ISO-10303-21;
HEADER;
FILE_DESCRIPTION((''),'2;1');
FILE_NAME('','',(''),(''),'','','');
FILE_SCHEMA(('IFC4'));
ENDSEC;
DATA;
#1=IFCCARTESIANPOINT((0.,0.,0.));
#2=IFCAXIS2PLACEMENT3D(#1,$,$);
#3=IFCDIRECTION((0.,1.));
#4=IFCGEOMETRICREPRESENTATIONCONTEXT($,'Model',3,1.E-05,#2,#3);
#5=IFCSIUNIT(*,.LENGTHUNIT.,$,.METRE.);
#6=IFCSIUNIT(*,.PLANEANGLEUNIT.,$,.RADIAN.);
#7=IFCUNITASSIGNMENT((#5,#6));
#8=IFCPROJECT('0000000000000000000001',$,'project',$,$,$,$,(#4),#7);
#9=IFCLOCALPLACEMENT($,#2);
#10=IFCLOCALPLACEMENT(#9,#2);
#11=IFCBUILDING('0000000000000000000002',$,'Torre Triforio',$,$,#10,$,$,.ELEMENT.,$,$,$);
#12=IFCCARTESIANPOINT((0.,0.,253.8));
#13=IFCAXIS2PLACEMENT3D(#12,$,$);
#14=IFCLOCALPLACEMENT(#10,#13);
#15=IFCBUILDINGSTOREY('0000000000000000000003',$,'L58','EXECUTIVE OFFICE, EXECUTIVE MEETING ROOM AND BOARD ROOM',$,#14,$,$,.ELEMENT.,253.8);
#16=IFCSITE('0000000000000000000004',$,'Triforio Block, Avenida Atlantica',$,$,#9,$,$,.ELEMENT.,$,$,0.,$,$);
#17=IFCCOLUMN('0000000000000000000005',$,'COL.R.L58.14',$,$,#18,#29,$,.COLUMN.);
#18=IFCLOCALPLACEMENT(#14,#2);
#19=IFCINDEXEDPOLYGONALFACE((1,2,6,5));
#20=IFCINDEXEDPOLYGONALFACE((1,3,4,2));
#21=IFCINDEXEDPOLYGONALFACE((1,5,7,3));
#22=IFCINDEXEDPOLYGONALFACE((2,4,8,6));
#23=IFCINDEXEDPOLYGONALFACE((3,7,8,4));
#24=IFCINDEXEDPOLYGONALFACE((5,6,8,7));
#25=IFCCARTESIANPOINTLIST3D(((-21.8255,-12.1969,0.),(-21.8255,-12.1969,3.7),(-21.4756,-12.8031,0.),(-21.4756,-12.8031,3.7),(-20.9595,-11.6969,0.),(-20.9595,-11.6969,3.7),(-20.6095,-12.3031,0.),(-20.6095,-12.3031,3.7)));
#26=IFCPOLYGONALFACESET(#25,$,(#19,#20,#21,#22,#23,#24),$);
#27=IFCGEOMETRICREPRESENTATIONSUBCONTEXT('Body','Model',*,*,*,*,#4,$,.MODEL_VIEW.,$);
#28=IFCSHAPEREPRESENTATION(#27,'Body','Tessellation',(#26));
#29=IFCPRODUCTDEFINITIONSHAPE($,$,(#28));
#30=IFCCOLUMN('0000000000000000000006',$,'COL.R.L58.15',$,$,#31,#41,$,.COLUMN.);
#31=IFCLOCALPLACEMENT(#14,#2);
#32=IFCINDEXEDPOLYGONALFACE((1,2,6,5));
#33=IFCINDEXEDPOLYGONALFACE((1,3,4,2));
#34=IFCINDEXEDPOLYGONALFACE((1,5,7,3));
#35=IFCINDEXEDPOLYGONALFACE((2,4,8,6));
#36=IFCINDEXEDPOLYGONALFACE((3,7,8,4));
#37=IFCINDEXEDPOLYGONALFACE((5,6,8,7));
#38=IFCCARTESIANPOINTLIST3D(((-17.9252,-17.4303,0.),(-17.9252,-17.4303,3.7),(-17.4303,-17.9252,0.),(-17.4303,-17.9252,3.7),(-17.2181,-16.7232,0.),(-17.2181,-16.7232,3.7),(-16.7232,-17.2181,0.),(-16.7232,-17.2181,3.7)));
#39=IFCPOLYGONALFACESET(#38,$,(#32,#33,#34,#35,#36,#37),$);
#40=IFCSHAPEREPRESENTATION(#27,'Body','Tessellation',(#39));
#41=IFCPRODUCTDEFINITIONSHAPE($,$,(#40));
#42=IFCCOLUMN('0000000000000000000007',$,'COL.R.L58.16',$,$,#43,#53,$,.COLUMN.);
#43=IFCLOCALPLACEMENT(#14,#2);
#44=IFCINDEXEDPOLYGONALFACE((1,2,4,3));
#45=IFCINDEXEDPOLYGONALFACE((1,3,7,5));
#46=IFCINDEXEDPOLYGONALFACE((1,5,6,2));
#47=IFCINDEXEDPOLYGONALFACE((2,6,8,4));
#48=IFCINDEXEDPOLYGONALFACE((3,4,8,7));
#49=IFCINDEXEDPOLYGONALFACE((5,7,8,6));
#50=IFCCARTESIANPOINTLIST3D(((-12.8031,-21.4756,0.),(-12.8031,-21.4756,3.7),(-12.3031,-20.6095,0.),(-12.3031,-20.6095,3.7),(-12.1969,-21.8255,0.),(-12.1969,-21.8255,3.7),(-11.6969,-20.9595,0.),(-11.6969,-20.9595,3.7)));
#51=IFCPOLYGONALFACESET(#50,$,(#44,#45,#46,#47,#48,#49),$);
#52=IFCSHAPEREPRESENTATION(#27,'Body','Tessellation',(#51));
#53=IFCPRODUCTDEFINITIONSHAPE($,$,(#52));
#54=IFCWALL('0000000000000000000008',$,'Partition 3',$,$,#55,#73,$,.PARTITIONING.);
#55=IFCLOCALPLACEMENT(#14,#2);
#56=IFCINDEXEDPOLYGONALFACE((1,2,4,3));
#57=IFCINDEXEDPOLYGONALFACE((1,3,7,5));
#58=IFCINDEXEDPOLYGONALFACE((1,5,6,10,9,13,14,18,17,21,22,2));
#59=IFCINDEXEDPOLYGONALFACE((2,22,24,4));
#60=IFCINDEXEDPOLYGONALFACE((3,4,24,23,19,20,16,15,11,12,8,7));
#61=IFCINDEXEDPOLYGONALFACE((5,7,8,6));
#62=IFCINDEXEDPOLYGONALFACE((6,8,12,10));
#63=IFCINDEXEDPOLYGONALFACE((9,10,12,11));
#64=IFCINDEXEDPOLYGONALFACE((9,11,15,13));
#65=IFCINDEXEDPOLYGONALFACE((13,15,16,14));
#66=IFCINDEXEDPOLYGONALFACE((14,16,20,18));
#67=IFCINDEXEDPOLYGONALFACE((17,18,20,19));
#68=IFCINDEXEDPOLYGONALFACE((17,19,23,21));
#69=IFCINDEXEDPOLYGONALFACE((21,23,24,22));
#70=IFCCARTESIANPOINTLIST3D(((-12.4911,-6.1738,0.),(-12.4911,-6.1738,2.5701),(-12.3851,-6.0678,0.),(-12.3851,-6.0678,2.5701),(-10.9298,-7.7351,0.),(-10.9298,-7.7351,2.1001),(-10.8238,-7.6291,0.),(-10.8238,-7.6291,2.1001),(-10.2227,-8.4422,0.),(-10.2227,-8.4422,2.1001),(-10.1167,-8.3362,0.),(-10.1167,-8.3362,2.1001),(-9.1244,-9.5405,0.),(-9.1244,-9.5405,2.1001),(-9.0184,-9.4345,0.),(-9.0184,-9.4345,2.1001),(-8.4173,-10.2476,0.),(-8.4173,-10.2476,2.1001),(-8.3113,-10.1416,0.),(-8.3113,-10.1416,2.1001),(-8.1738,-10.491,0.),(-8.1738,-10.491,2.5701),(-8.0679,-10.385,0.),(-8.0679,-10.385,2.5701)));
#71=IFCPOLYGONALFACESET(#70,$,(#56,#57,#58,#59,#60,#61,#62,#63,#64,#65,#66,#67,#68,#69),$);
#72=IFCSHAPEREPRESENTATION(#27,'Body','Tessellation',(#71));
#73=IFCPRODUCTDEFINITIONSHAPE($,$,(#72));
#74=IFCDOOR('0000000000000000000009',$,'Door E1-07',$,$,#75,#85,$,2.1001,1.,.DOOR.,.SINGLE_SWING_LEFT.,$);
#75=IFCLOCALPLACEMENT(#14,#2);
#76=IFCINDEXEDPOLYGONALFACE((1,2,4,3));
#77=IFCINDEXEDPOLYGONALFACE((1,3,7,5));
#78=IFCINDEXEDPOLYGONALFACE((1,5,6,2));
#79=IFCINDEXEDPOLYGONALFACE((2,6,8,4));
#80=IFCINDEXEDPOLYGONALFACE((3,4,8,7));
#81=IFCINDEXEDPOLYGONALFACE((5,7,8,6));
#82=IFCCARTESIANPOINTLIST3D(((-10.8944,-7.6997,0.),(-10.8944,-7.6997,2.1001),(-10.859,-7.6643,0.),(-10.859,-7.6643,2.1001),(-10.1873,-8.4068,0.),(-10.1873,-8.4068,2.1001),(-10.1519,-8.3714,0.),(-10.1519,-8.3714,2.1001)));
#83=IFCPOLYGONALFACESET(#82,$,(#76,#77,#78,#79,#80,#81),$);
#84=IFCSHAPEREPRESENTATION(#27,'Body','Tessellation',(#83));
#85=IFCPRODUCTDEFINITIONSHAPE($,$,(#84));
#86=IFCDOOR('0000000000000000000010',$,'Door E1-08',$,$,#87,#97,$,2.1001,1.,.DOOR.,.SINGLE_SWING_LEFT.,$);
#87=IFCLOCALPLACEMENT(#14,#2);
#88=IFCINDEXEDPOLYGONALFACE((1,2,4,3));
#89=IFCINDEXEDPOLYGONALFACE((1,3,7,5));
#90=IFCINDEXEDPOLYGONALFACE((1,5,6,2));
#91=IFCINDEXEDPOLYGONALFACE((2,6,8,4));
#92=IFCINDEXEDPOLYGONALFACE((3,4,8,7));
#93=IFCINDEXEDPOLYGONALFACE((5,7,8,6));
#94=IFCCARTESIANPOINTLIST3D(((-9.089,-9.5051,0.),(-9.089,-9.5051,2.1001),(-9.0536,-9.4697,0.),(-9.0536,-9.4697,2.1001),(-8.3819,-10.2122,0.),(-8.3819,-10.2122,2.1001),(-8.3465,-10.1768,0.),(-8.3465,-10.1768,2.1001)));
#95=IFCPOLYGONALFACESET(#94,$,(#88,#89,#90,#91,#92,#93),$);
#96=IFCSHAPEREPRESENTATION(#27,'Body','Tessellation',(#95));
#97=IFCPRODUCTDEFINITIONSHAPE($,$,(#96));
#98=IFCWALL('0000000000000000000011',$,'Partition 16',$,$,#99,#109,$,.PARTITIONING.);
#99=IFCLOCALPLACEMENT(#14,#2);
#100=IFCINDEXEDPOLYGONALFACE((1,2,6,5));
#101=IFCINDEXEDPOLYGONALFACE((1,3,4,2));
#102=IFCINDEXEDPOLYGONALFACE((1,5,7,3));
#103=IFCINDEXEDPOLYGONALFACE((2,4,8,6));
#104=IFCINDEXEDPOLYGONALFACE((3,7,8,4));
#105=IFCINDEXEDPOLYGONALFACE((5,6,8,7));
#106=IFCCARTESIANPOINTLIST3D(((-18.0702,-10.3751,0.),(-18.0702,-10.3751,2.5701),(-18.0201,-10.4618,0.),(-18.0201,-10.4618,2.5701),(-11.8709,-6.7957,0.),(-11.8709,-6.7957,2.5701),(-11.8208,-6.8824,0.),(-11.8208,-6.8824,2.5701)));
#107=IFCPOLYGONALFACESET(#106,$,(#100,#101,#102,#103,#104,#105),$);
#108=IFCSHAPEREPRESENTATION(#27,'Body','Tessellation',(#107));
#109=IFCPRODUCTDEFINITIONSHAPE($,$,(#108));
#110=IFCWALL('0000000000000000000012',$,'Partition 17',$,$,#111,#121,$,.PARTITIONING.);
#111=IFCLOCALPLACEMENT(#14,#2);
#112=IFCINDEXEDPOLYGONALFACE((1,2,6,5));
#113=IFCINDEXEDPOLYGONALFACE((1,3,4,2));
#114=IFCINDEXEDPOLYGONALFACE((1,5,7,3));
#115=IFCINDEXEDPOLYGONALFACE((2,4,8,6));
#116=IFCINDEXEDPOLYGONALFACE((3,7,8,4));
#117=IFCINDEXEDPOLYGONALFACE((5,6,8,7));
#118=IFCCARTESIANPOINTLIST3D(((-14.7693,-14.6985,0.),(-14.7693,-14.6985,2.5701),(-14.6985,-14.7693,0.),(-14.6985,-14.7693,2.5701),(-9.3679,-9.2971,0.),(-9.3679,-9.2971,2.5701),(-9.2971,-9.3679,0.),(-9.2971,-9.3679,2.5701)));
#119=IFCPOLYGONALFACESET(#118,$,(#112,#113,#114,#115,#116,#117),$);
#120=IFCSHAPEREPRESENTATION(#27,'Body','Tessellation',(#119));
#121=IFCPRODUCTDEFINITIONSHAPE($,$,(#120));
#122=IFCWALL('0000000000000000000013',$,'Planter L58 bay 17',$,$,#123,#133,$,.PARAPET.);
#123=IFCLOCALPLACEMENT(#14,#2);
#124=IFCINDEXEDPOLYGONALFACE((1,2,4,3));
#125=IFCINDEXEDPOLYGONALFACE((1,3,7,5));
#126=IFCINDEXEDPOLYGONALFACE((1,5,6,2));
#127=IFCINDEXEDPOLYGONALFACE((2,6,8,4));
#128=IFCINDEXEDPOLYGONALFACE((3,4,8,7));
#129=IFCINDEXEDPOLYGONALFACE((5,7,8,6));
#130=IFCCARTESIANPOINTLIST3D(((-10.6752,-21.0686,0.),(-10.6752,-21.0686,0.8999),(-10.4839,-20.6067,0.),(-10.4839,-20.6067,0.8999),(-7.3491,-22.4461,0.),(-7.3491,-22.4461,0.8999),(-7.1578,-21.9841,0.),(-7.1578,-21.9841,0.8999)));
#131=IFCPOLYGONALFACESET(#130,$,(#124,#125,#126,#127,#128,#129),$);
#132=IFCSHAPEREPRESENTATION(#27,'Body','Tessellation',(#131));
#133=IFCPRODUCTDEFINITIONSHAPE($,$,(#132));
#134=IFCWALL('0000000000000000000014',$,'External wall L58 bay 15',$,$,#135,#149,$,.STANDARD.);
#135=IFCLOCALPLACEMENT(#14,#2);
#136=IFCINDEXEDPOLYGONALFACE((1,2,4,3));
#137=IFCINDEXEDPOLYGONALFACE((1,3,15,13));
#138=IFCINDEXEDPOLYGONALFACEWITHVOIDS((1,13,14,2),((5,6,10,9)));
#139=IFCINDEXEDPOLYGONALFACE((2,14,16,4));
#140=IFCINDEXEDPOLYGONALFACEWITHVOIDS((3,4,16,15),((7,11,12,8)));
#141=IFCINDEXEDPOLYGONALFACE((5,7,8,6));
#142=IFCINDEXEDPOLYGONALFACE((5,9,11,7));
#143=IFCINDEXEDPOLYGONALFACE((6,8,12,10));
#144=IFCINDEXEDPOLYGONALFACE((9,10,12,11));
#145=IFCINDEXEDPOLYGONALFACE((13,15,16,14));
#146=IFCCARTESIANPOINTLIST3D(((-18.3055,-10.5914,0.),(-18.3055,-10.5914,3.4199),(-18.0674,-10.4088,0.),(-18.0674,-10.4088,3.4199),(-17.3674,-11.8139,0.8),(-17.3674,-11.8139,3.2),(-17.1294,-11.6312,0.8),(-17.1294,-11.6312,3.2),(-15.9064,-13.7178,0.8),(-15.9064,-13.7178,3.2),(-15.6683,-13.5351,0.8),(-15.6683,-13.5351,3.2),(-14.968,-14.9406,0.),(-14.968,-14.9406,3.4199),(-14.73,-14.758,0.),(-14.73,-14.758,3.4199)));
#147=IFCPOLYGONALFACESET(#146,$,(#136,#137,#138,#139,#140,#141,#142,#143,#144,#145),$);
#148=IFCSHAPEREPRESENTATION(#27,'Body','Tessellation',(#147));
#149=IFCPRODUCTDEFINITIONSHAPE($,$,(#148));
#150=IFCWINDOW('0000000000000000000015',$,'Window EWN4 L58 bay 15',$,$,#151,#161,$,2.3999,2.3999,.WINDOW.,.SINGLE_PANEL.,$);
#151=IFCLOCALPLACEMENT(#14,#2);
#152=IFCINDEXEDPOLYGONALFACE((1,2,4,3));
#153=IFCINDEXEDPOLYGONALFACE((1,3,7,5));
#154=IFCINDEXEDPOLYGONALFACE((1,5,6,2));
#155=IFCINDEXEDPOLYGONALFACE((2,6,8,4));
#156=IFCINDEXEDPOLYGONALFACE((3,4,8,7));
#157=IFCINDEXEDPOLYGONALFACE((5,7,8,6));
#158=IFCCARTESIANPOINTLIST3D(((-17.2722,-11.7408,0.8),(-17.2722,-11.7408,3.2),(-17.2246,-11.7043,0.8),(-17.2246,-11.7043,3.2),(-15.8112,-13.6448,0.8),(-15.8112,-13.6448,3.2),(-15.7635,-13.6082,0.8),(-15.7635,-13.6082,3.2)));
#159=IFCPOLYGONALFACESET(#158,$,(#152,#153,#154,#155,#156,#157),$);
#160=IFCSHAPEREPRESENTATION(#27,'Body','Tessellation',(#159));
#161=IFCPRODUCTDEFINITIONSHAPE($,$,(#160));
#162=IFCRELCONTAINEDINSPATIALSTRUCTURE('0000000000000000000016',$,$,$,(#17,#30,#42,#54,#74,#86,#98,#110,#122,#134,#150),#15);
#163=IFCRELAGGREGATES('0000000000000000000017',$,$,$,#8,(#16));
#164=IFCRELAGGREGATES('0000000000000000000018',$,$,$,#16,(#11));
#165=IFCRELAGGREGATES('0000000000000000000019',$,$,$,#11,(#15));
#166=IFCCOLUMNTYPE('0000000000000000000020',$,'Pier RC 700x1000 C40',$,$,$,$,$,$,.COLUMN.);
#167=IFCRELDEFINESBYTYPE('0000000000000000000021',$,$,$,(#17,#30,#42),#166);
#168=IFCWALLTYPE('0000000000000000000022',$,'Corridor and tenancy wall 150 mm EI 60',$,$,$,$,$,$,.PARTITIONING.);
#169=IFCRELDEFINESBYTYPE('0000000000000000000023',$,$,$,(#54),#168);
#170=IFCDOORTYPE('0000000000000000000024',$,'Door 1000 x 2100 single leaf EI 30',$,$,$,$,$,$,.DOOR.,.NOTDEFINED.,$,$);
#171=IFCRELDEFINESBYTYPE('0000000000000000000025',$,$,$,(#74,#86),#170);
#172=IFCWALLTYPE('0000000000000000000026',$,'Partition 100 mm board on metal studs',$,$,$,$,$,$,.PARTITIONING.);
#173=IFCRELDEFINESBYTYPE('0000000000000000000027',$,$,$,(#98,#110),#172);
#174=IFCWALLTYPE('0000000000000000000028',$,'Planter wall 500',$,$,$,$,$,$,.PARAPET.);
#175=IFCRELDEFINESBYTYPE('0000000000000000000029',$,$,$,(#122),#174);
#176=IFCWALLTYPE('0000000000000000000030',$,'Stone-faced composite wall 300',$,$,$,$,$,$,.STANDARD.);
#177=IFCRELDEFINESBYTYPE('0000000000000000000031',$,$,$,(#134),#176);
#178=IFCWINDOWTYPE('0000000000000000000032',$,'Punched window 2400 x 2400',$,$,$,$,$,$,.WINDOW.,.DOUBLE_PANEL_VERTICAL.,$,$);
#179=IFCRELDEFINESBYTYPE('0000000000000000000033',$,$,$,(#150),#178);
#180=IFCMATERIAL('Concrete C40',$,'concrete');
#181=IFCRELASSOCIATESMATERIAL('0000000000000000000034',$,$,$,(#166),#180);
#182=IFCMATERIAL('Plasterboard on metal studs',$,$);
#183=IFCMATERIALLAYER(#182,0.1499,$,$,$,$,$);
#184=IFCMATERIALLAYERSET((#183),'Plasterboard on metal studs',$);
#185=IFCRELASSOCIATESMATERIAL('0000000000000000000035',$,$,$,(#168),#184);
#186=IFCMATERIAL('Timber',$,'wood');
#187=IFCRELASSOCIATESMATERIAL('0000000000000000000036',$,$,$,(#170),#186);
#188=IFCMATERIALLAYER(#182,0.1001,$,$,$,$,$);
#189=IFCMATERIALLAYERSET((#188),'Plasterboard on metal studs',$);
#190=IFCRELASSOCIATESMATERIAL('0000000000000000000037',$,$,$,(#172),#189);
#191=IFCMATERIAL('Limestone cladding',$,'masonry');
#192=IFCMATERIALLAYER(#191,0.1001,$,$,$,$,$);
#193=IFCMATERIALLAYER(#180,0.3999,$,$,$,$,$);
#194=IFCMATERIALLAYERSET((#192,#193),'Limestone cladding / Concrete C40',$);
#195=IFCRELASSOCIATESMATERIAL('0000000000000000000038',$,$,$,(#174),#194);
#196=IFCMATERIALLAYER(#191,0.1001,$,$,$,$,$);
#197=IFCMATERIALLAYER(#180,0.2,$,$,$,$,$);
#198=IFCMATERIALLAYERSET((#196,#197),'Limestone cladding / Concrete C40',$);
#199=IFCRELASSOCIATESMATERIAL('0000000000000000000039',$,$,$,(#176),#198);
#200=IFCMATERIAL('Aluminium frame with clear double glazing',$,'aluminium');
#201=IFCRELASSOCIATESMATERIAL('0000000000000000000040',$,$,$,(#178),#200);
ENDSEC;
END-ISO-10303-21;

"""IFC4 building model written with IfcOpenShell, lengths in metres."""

from ifc_helpers import new_model, si_unit, direction, frame, frame_2d, origin, origin_2d, place, context, subcontext, project, spatial, rectangle, extrude, material, layer, layer_set, material_profile, profile_set, type_object, element, fill, save


model = new_model("IFC4")

# Units and contexts
model_context = context("Model", 3, precision=1e-05, world=origin(), true_north=direction((0.0, 1.0)))
body_context = subcontext(model_context, "Body", "Model", "MODEL_VIEW")
ifc_project = project(units=[si_unit("LENGTHUNIT", "METRE"), si_unit("PLANEANGLEUNIT", "RADIAN")], contexts=[model_context])

# Site, building, storey
site_placement = place(None, origin())
site = spatial("IfcSite", under=ifc_project, at=site_placement, Name="Triforio Block, Avenida Atlantica", CompositionType="ELEMENT", RefElevation=0.0)
building_placement = place(site_placement, origin())
building = spatial("IfcBuilding", under=site, at=building_placement, Name="Torre Triforio", CompositionType="ELEMENT")
storey_placement = place(building_placement, frame((0.0, 0.0, 253.8)))
storey = spatial("IfcBuildingStorey", under=building, at=storey_placement, Name="L58", Description="EXECUTIVE OFFICE, EXECUTIVE MEETING ROOM AND BOARD ROOM", CompositionType="ELEMENT", Elevation=253.8)

# Columns
ifc_material_1 = material(Name="Concrete C40", Category="concrete")
ifc_material_profile = material_profile(ifc_material_1, rectangle(XDim=0.7, YDim=1.0, at=origin_2d()), Name="RC 700x1000")
ifc_profile_set = profile_set([ifc_material_profile], Name="Concrete C40")
column_type = type_object("IfcColumnType", Name="Pier RC 700x1000 C40", PredefinedType="COLUMN", material=ifc_profile_set)
for number, where, z_axis, x_axis, name in (
    (1, (-21.2175, -12.25, 0.0), (0.0, 0.0, 1.0), (0.5, -0.866025, 0.0), "COL.R.L58.14"),
    (2, (-17.3242, -17.3242, 0.0), (0.0, 0.0, 1.0), (0.707107, -0.707107, 0.0), "COL.R.L58.15"),
    (3, (-12.25, -21.2175, 0.0), (0.0, 0.0, 1.0), (0.866025, -0.5, 0.0), "COL.R.L58.16"),
):
    element("IfcColumn", number, at=place(storey_placement, frame(where, z_axis=z_axis, x_axis=x_axis)), inside=storey, type_object=column_type, Name=name, PredefinedType="COLUMN", context=body_context, shape_type="SweptSolid", body=[
        extrude(rectangle(XDim=0.7, YDim=1.0, at=origin_2d()), origin(), (0.0, 0.0, 1.0), 3.7),
    ])

# Wall, openings, doors
ifc_material_2 = material(Name="Plasterboard on metal studs")
ifc_layer_1 = layer(ifc_material_2, 0.1499)
ifc_layer_set_1 = layer_set([ifc_layer_1], Name="Plasterboard on metal studs")
wall_type_1 = type_object("IfcWallType", Name="Corridor and tenancy wall 150 mm EI 60", PredefinedType="PARTITIONING", material=ifc_layer_set_1)
wall_1_placement = place(storey_placement, frame((-8.1208, -10.438, 0.0), z_axis=(0.0, 0.0, 1.0), x_axis=(-0.707107, 0.707107, 0.0)))
wall_1 = element("IfcWall", 4, at=wall_1_placement, inside=storey, type_object=wall_type_1, Name="Partition 3", PredefinedType="PARTITIONING", context=body_context, shape_type="SweptSolid", body=[
    extrude(rectangle(XDim=6.1055, YDim=0.1499, at=frame_2d((3.0527, 0.0))), origin(), (0.0, 0.0, 1.0), 2.5701),
])
opening_1_placement = place(wall_1_placement, frame((2.8975, 0.0, 0.0)))
opening_1 = element("IfcOpeningElement", 5, at=opening_1_placement, cuts=wall_1, PredefinedType="OPENING", context=body_context, shape_type="SweptSolid", body=[
    extrude(rectangle(XDim=1.0, YDim=2.1001, at=frame_2d((0.5, 1.05))), frame((0.0, 0.085, 0.0), z_axis=(0.0, -1.0, 0.0), x_axis=(1.0, 0.0, 0.0)), (0.0, 0.0, 1.0), 0.1699),
])
opening_2_placement = place(wall_1_placement, frame((0.3442, 0.0, 0.0)))
opening_2 = element("IfcOpeningElement", 6, at=opening_2_placement, cuts=wall_1, PredefinedType="OPENING", context=body_context, shape_type="SweptSolid", body=[
    extrude(rectangle(XDim=1.0, YDim=2.1001, at=frame_2d((0.5, 1.05))), frame((0.0, 0.085, 0.0), z_axis=(0.0, -1.0, 0.0), x_axis=(1.0, 0.0, 0.0)), (0.0, 0.0, 1.0), 0.1699),
])
ifc_material_3 = material(Name="Timber", Category="wood")
door_type_1 = type_object("IfcDoorType", Name="Door 1000 x 2100 single leaf EI 30", OperationType="NOTDEFINED", PredefinedType="DOOR", material=ifc_material_3)
door_1_placement = place(opening_1_placement, origin())
door_1 = element("IfcDoor", 7, at=door_1_placement, inside=storey, type_object=door_type_1, Name="Door E1-07", OperationType="SINGLE_SWING_LEFT", OverallHeight=2.1001, OverallWidth=1.0, PredefinedType="DOOR", context=body_context, shape_type="SweptSolid", body=[
    extrude(rectangle(XDim=1.0, YDim=2.1001, at=frame_2d((0.5, 1.05))), frame((0.0, 0.0249, 0.0), z_axis=(0.0, -1.0, 0.0), x_axis=(1.0, 0.0, 0.0)), (0.0, 0.0, 1.0), 0.05),
])
fill(opening_1, door_1)
door_2_placement = place(opening_2_placement, origin())
door_2 = element("IfcDoor", 8, at=door_2_placement, inside=storey, type_object=door_type_1, Name="Door E1-08", OperationType="SINGLE_SWING_LEFT", OverallHeight=2.1001, OverallWidth=1.0, PredefinedType="DOOR", context=body_context, shape_type="SweptSolid", body=[
    extrude(rectangle(XDim=1.0, YDim=2.1001, at=frame_2d((0.5, 1.05))), frame((0.0, 0.0249, 0.0), z_axis=(0.0, -1.0, 0.0), x_axis=(1.0, 0.0, 0.0)), (0.0, 0.0, 1.0), 0.05),
])
fill(opening_2, door_2)

# Walls
ifc_layer_2 = layer(ifc_material_2, 0.1001)
ifc_layer_set_2 = layer_set([ifc_layer_2], Name="Plasterboard on metal studs")
wall_type_2 = type_object("IfcWallType", Name="Partition 100 mm board on metal studs", PredefinedType="PARTITIONING", material=ifc_layer_set_2)
wall_2_placement = place(storey_placement, frame((-11.8459, -6.8391, 0.0), z_axis=(0.0, 0.0, 1.0), x_axis=(-0.866012, -0.500024, 0.0)))
element("IfcWall", 9, at=wall_2_placement, inside=storey, type_object=wall_type_2, Name="Partition 16", PredefinedType="PARTITIONING", context=body_context, shape_type="SweptSolid", body=[
    extrude(rectangle(XDim=7.1584, YDim=0.1001, at=frame_2d((3.5791, 0.0))), origin(), (0.0, 0.0, 1.0), 2.5701),
])
wall_3_placement = place(storey_placement, frame((-9.3325, -9.3325, 0.0), z_axis=(0.0, 0.0, 1.0), x_axis=(-0.707107, -0.707107, 0.0)))
element("IfcWall", 10, at=wall_3_placement, inside=storey, type_object=wall_type_2, Name="Partition 17", PredefinedType="PARTITIONING", context=body_context, shape_type="SweptSolid", body=[
    extrude(rectangle(XDim=7.6387, YDim=0.1001, at=frame_2d((3.8193, 0.0))), origin(), (0.0, 0.0, 1.0), 2.5701),
])
ifc_material_4 = material(Name="Limestone cladding", Category="masonry")
ifc_layer_3 = layer(ifc_material_4, 0.1001)
ifc_layer_4 = layer(ifc_material_1, 0.3999)
ifc_layer_set_3 = layer_set([ifc_layer_3, ifc_layer_4], Name="Limestone cladding / Concrete C40")
wall_type_3 = type_object("IfcWallType", Name="Planter wall 500", PredefinedType="PARAPET", material=ifc_layer_set_3)
wall_4_placement = place(storey_placement, frame((-10.5796, -20.8376, 0.0), z_axis=(0.0, 0.0, 1.0), x_axis=(0.923909, -0.382611, 0.0)))
element("IfcWall", 11, at=wall_4_placement, inside=storey, type_object=wall_type_3, Name="Planter L58 bay 17", PredefinedType="PARAPET", context=body_context, shape_type="SweptSolid", body=[
    extrude(rectangle(XDim=3.6001, YDim=0.5, at=frame_2d((1.8, 0.0))), origin(), (0.0, 0.0, 1.0), 0.8999),
])

# Wall, opening, window
ifc_layer_5 = layer(ifc_material_4, 0.1001)
ifc_layer_6 = layer(ifc_material_1, 0.2)
ifc_layer_set_4 = layer_set([ifc_layer_5, ifc_layer_6], Name="Limestone cladding / Concrete C40")
wall_type_4 = type_object("IfcWallType", Name="Stone-faced composite wall 300", PredefinedType="STANDARD", material=ifc_layer_set_4)
wall_5_placement = place(storey_placement, frame((-18.1865, -10.5, 0.0), z_axis=(0.0, 0.0, 1.0), x_axis=(0.608785, -0.793335, 0.0)))
wall_5 = element("IfcWall", 12, at=wall_5_placement, inside=storey, type_object=wall_type_4, Name="External wall L58 bay 15", PredefinedType="STANDARD", context=body_context, shape_type="SweptSolid", body=[
    extrude(rectangle(XDim=5.4822, YDim=0.3, at=frame_2d((2.7412, 0.0))), origin(), (0.0, 0.0, 1.0), 3.4199),
])
opening_3_placement = place(wall_5_placement, frame((1.541, 0.0, 0.8)))
opening_3 = element("IfcOpeningElement", 13, at=opening_3_placement, cuts=wall_5, PredefinedType="OPENING", context=body_context, shape_type="SweptSolid", body=[
    extrude(rectangle(XDim=2.3999, YDim=2.3999, at=frame_2d((1.2, 1.2))), frame((0.0, 0.1599, 0.0), z_axis=(0.0, -1.0, 0.0), x_axis=(1.0, 0.0, 0.0)), (0.0, 0.0, 1.0), 0.3201),
])
ifc_material_5 = material(Name="Aluminium frame with clear double glazing", Category="aluminium")
window_type_1 = type_object("IfcWindowType", Name="Punched window 2400 x 2400", PartitioningType="DOUBLE_PANEL_VERTICAL", PredefinedType="WINDOW", material=ifc_material_5)
window_1_placement = place(opening_3_placement, origin())
window_1 = element("IfcWindow", 14, at=window_1_placement, inside=storey, type_object=window_type_1, Name="Window EWN4 L58 bay 15", OverallHeight=2.3999, OverallWidth=2.3999, PartitioningType="SINGLE_PANEL", PredefinedType="WINDOW", context=body_context, shape_type="SweptSolid", body=[
    extrude(rectangle(XDim=2.3999, YDim=2.3999, at=frame_2d((1.2, 1.2))), frame((0.0, 0.03, 0.0), z_axis=(0.0, -1.0, 0.0), x_axis=(1.0, 0.0, 0.0)), (0.0, 0.0, 1.0), 0.0601),
])
fill(opening_3, window_1)

save(model, "model.ifc")
